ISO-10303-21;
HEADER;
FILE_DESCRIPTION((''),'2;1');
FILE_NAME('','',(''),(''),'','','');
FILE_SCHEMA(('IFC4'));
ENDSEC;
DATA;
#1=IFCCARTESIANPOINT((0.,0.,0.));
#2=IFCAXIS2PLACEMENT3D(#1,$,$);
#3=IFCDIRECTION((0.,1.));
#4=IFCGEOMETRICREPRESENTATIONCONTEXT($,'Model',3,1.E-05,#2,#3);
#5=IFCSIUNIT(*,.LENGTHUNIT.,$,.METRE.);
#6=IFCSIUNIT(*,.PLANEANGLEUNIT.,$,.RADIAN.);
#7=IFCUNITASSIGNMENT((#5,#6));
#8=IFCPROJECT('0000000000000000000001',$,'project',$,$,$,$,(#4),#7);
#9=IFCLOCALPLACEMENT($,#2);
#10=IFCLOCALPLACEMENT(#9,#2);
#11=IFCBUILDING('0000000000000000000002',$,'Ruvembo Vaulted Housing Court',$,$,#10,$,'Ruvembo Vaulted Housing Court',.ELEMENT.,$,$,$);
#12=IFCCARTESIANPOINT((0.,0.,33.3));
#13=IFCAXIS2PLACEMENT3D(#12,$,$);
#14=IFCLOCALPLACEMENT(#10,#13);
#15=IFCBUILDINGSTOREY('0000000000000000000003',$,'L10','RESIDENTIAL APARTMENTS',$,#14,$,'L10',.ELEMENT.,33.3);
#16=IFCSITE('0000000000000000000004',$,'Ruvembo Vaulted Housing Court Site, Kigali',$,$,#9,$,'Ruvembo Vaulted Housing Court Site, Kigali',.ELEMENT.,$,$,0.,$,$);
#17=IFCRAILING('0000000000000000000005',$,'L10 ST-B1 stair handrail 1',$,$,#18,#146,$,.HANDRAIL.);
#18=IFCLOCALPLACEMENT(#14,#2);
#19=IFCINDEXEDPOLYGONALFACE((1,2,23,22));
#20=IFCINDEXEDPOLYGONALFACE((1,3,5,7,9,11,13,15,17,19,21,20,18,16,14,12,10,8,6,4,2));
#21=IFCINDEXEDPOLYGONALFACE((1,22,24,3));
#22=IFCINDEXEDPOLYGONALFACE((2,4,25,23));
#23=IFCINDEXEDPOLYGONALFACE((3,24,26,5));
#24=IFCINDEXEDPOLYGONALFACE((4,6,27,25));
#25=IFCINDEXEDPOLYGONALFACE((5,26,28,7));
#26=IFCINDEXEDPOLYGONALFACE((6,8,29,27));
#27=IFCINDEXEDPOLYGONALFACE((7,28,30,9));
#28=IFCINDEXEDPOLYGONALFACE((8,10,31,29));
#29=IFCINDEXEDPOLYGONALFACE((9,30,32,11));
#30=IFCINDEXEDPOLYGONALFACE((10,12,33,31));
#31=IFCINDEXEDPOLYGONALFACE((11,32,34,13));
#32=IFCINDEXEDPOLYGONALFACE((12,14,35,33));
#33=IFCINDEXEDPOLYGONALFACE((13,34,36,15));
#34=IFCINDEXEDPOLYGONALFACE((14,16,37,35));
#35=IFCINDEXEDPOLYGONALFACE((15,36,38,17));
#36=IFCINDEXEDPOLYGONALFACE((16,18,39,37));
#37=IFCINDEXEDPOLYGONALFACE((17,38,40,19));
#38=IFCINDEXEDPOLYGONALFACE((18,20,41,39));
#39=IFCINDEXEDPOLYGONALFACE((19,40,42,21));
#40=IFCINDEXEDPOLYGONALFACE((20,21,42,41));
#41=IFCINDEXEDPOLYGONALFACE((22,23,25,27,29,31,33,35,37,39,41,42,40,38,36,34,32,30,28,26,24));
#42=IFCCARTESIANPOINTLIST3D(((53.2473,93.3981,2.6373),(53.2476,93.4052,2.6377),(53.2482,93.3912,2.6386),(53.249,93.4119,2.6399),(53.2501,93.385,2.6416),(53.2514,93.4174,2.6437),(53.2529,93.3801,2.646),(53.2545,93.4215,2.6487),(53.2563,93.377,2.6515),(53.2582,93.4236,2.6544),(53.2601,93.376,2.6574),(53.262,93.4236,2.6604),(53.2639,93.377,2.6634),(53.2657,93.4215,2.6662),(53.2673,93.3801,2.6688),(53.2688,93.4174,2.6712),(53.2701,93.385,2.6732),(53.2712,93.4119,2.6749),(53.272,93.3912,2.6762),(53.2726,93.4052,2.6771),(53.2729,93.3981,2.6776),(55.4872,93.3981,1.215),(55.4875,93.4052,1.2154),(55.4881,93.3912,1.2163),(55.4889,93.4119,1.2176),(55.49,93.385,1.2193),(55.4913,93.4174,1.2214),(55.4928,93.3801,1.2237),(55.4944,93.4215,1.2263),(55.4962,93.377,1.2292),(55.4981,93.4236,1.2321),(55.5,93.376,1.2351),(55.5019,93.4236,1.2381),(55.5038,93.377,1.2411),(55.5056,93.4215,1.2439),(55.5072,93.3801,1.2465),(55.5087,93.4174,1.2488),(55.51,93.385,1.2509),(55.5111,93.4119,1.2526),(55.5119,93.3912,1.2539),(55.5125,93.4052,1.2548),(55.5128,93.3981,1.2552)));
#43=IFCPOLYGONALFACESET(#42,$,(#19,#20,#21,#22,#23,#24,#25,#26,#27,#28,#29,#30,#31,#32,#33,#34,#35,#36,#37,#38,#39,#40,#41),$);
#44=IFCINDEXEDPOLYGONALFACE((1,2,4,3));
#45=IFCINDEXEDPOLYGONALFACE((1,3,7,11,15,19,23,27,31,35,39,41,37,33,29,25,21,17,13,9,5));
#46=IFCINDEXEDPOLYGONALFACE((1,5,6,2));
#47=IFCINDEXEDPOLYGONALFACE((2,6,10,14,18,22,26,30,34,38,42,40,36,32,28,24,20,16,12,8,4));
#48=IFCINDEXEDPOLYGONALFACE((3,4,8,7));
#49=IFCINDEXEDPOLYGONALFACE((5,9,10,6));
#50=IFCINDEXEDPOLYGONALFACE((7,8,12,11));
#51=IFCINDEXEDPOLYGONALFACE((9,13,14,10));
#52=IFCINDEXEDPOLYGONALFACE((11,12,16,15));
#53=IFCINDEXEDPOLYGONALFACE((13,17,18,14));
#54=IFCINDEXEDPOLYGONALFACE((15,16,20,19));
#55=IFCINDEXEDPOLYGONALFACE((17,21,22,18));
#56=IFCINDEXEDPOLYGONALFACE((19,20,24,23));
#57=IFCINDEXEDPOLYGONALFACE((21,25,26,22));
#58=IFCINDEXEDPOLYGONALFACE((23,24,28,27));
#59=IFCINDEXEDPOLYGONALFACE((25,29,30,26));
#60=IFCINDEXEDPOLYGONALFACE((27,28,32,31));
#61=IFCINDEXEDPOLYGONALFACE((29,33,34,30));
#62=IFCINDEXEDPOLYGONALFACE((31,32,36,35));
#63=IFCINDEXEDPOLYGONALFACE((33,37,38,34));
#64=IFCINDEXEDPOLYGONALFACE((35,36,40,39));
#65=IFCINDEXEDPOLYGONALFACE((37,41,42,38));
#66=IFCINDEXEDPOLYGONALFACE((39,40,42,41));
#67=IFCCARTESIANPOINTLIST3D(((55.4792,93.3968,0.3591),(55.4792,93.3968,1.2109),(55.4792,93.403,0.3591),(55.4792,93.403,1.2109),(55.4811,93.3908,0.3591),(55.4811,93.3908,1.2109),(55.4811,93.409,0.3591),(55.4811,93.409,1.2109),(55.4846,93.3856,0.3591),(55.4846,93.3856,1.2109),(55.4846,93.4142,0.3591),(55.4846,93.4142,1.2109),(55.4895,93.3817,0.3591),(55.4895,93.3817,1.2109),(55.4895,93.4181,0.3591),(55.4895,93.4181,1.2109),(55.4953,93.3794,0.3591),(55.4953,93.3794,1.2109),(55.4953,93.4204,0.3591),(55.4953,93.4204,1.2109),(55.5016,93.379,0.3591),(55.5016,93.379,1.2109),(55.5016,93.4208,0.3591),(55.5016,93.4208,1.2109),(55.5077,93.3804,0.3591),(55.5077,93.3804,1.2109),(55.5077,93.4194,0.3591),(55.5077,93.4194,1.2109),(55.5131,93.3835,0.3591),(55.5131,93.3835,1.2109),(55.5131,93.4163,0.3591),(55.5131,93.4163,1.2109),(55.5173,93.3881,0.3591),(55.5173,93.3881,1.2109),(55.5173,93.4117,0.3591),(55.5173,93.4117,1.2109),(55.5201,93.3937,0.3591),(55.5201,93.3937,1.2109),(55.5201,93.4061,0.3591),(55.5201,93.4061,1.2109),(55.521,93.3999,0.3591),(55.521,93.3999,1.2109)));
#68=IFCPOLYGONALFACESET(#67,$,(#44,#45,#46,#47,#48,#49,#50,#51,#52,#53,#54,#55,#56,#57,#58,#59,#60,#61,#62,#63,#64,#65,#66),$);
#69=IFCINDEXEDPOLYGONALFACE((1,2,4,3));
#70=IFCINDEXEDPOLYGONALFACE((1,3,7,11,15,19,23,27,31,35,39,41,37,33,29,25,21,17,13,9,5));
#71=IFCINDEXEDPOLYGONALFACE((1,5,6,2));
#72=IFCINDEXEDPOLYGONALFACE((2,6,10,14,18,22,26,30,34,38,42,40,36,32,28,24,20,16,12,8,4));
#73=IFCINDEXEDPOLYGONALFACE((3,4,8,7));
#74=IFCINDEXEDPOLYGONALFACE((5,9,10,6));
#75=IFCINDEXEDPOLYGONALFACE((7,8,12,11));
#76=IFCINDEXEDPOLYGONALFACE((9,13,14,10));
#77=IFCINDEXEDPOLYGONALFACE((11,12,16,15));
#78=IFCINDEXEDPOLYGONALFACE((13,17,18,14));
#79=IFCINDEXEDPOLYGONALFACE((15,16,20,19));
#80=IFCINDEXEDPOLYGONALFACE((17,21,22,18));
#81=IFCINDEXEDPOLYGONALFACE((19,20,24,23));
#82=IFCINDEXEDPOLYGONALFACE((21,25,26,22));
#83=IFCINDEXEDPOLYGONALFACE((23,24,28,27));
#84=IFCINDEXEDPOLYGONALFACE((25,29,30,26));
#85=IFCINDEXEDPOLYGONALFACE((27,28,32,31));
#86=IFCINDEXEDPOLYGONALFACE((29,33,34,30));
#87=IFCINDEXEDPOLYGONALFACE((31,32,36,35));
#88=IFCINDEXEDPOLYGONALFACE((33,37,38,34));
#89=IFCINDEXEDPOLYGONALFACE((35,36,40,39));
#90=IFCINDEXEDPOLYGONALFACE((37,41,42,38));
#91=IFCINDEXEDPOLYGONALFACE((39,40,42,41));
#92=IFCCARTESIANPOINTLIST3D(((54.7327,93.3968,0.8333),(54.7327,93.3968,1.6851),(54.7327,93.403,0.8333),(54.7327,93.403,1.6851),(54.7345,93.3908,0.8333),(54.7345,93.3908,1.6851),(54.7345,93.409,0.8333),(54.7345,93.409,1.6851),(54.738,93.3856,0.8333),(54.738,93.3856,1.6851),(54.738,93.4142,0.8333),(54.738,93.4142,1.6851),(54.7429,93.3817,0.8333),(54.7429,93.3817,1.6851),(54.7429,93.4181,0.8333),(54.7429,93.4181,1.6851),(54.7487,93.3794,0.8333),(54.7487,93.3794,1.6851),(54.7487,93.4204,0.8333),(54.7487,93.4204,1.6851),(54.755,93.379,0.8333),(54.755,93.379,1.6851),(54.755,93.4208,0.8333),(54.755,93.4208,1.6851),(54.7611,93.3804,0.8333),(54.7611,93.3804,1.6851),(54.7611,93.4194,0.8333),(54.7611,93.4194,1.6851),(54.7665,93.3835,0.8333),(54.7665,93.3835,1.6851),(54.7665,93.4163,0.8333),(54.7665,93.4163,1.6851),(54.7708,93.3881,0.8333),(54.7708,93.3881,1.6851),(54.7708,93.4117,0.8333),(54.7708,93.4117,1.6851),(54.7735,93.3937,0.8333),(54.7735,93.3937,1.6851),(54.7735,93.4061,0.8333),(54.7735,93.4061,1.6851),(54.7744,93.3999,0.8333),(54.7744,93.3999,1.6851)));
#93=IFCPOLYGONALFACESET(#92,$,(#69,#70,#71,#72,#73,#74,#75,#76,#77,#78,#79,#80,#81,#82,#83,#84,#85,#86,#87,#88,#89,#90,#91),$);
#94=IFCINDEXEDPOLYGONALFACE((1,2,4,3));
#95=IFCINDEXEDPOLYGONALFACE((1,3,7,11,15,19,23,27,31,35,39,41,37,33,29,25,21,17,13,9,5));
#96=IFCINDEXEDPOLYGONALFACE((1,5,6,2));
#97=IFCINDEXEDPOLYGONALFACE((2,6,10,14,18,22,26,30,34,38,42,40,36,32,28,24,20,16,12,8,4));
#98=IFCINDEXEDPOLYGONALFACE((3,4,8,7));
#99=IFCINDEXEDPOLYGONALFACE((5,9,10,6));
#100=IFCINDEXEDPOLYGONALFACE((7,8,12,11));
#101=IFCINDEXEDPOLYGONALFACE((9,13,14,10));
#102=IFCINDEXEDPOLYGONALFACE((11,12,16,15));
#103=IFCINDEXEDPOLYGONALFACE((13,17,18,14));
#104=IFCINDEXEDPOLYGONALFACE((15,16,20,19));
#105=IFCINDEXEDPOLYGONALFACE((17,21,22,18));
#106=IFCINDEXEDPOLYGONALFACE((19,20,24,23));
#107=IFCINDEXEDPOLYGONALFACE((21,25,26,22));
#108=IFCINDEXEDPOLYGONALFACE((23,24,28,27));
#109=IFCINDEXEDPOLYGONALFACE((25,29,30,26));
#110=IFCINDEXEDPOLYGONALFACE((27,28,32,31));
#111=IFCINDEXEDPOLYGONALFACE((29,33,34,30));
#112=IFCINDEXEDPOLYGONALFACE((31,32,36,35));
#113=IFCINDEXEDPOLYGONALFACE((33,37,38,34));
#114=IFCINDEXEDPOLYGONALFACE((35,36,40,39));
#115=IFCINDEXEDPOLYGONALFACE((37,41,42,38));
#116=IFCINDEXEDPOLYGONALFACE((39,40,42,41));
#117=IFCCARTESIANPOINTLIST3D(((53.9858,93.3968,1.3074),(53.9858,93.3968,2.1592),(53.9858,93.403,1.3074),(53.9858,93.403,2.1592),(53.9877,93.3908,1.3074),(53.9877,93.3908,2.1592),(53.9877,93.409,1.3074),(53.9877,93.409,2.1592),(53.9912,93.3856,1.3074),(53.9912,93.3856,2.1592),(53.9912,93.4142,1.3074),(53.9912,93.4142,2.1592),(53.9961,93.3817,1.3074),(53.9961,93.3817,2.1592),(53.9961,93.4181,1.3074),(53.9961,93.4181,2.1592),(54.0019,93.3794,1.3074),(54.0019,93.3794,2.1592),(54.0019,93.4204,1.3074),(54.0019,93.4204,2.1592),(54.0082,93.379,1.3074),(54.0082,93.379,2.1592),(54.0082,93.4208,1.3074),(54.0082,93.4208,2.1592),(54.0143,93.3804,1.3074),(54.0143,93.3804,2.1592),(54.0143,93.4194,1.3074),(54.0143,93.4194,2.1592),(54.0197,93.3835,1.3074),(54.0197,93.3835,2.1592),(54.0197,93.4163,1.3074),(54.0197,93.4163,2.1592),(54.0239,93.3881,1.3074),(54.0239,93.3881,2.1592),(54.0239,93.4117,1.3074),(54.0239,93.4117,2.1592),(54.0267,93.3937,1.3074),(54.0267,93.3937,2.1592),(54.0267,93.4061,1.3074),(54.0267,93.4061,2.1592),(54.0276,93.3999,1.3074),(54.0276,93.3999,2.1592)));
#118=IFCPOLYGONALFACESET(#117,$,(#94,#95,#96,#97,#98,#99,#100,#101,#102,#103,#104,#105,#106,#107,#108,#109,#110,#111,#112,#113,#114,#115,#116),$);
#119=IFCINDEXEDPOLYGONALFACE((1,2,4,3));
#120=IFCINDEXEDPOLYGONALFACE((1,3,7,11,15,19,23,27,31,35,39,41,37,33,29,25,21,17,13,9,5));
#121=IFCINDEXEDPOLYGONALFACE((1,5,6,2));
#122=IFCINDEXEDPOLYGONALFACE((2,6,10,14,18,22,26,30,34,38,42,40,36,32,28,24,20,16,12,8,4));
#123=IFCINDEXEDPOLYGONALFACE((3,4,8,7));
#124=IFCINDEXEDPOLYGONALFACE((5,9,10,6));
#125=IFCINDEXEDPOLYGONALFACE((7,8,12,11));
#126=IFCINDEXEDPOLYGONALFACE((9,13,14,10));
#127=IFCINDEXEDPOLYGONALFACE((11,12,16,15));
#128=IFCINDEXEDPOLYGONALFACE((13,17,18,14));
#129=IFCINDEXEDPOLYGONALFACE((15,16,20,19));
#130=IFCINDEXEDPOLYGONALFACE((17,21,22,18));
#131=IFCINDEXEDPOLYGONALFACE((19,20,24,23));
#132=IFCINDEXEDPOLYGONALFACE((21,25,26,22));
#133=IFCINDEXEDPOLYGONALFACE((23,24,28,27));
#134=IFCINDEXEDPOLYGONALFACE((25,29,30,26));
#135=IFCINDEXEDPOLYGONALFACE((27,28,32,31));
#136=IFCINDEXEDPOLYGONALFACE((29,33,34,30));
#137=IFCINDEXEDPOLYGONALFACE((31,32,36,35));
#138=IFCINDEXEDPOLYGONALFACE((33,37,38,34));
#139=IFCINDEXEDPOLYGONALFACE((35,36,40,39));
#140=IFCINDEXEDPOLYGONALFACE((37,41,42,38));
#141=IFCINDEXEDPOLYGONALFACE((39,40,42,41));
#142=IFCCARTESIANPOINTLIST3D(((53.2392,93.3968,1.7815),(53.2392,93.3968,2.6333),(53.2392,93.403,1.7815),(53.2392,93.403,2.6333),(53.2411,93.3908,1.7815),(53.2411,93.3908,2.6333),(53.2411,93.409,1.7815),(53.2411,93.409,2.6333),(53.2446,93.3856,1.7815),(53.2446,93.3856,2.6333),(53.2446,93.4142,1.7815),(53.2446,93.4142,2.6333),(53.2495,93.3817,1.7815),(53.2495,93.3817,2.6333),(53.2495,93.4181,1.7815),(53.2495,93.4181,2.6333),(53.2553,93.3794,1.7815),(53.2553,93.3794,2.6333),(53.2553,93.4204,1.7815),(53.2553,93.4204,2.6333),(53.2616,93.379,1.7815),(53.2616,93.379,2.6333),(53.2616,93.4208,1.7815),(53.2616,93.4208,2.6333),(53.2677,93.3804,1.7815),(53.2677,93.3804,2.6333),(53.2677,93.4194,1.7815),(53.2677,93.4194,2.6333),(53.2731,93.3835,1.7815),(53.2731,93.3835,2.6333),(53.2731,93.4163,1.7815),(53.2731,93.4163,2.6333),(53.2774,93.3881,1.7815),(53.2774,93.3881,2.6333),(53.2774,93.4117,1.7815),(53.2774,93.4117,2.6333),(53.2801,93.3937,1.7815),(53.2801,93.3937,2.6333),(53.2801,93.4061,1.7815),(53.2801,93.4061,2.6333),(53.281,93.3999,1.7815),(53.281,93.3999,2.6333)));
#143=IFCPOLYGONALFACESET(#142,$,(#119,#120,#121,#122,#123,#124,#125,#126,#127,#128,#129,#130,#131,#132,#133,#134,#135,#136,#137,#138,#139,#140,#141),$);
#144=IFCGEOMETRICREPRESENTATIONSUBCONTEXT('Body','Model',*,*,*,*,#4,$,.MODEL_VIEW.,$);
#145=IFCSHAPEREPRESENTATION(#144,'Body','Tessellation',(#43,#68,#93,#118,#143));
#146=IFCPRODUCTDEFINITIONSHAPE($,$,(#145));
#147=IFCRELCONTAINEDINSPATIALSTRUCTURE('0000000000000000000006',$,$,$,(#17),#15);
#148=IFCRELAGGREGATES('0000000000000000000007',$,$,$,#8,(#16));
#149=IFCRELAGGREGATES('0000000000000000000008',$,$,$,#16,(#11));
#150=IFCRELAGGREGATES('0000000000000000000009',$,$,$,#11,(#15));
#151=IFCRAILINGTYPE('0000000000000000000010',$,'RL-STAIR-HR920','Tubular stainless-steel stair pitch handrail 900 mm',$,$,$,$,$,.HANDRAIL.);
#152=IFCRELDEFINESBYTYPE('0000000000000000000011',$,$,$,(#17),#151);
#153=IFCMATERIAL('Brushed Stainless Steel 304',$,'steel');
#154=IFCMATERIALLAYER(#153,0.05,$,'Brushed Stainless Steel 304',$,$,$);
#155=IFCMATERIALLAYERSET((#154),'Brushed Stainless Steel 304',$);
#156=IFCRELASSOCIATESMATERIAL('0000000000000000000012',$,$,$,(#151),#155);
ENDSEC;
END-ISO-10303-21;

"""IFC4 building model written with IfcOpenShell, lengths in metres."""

from ifc_helpers import new_model, si_unit, direction, frame, origin, origin_2d, place, context, subcontext, project, spatial, circle, extrude, material, layer, layer_set, type_object, element, save


model = new_model("IFC4")

# Units and contexts
model_context = context("Model", 3, precision=1e-05, world=origin(), true_north=direction((0.0, 1.0)))
body_context = subcontext(model_context, "Body", "Model", "MODEL_VIEW")
ifc_project = project(units=[si_unit("LENGTHUNIT", "METRE"), si_unit("PLANEANGLEUNIT", "RADIAN")], contexts=[model_context])

# Site, building, storey
site_placement = place(None, origin())
site = spatial("IfcSite", under=ifc_project, at=site_placement, Name="Ruvembo Vaulted Housing Court Site, Kigali", LongName="Ruvembo Vaulted Housing Court Site, Kigali", CompositionType="ELEMENT", RefElevation=0.0)
building_placement = place(site_placement, origin())
building = spatial("IfcBuilding", under=site, at=building_placement, Name="Ruvembo Vaulted Housing Court", LongName="Ruvembo Vaulted Housing Court", CompositionType="ELEMENT")
storey_placement = place(building_placement, frame((0.0, 0.0, 33.3)))
storey = spatial("IfcBuildingStorey", under=building, at=storey_placement, Name="L10", Description="RESIDENTIAL APARTMENTS", LongName="L10", CompositionType="ELEMENT", Elevation=33.3)

# Railing
ifc_material_1 = material(Name="Brushed Stainless Steel 304", Category="steel")
ifc_layer_1 = layer(ifc_material_1, 0.05, Name="Brushed Stainless Steel 304")
ifc_layer_set_1 = layer_set([ifc_layer_1], Name="Brushed Stainless Steel 304")
railing_type_1 = type_object("IfcRailingType", Name="RL-STAIR-HR920", Description="Tubular stainless-steel stair pitch handrail 900 mm", PredefinedType="HANDRAIL", material=ifc_layer_set_1)
railing_1_placement = place(storey_placement, frame((55.5, 93.3999, 0.3591)))
element("IfcRailing", 1, at=railing_1_placement, inside=storey, type_object=railing_type_1, Name="L10 ST-B1 stair handrail 1", PredefinedType="HANDRAIL", context=body_context, shape_type="SweptSolid", body=[
    extrude(circle(Radius=0.0239, at=origin_2d()), frame((0.0, 0.0, 0.876), z_axis=(-0.844188, 0.0, 0.536048), x_axis=(0.0, -1.0, 0.0)), (0.0, 0.0, 1.0), 2.6533),
    extrude(circle(Radius=0.021, at=origin_2d()), origin(), (0.0, 0.0, 1.0), 0.8518),
    extrude(circle(Radius=0.021, at=origin_2d()), frame((-0.7466, 0.0, 0.4741)), (0.0, 0.0, 1.0), 0.8518),
    extrude(circle(Radius=0.021, at=origin_2d()), frame((-1.4934, 0.0, 0.9482)), (0.0, 0.0, 1.0), 0.8518),
    extrude(circle(Radius=0.021, at=origin_2d()), frame((-2.24, 0.0, 1.4224)), (0.0, 0.0, 1.0), 0.8518),
])

save(model, "model.ifc")
